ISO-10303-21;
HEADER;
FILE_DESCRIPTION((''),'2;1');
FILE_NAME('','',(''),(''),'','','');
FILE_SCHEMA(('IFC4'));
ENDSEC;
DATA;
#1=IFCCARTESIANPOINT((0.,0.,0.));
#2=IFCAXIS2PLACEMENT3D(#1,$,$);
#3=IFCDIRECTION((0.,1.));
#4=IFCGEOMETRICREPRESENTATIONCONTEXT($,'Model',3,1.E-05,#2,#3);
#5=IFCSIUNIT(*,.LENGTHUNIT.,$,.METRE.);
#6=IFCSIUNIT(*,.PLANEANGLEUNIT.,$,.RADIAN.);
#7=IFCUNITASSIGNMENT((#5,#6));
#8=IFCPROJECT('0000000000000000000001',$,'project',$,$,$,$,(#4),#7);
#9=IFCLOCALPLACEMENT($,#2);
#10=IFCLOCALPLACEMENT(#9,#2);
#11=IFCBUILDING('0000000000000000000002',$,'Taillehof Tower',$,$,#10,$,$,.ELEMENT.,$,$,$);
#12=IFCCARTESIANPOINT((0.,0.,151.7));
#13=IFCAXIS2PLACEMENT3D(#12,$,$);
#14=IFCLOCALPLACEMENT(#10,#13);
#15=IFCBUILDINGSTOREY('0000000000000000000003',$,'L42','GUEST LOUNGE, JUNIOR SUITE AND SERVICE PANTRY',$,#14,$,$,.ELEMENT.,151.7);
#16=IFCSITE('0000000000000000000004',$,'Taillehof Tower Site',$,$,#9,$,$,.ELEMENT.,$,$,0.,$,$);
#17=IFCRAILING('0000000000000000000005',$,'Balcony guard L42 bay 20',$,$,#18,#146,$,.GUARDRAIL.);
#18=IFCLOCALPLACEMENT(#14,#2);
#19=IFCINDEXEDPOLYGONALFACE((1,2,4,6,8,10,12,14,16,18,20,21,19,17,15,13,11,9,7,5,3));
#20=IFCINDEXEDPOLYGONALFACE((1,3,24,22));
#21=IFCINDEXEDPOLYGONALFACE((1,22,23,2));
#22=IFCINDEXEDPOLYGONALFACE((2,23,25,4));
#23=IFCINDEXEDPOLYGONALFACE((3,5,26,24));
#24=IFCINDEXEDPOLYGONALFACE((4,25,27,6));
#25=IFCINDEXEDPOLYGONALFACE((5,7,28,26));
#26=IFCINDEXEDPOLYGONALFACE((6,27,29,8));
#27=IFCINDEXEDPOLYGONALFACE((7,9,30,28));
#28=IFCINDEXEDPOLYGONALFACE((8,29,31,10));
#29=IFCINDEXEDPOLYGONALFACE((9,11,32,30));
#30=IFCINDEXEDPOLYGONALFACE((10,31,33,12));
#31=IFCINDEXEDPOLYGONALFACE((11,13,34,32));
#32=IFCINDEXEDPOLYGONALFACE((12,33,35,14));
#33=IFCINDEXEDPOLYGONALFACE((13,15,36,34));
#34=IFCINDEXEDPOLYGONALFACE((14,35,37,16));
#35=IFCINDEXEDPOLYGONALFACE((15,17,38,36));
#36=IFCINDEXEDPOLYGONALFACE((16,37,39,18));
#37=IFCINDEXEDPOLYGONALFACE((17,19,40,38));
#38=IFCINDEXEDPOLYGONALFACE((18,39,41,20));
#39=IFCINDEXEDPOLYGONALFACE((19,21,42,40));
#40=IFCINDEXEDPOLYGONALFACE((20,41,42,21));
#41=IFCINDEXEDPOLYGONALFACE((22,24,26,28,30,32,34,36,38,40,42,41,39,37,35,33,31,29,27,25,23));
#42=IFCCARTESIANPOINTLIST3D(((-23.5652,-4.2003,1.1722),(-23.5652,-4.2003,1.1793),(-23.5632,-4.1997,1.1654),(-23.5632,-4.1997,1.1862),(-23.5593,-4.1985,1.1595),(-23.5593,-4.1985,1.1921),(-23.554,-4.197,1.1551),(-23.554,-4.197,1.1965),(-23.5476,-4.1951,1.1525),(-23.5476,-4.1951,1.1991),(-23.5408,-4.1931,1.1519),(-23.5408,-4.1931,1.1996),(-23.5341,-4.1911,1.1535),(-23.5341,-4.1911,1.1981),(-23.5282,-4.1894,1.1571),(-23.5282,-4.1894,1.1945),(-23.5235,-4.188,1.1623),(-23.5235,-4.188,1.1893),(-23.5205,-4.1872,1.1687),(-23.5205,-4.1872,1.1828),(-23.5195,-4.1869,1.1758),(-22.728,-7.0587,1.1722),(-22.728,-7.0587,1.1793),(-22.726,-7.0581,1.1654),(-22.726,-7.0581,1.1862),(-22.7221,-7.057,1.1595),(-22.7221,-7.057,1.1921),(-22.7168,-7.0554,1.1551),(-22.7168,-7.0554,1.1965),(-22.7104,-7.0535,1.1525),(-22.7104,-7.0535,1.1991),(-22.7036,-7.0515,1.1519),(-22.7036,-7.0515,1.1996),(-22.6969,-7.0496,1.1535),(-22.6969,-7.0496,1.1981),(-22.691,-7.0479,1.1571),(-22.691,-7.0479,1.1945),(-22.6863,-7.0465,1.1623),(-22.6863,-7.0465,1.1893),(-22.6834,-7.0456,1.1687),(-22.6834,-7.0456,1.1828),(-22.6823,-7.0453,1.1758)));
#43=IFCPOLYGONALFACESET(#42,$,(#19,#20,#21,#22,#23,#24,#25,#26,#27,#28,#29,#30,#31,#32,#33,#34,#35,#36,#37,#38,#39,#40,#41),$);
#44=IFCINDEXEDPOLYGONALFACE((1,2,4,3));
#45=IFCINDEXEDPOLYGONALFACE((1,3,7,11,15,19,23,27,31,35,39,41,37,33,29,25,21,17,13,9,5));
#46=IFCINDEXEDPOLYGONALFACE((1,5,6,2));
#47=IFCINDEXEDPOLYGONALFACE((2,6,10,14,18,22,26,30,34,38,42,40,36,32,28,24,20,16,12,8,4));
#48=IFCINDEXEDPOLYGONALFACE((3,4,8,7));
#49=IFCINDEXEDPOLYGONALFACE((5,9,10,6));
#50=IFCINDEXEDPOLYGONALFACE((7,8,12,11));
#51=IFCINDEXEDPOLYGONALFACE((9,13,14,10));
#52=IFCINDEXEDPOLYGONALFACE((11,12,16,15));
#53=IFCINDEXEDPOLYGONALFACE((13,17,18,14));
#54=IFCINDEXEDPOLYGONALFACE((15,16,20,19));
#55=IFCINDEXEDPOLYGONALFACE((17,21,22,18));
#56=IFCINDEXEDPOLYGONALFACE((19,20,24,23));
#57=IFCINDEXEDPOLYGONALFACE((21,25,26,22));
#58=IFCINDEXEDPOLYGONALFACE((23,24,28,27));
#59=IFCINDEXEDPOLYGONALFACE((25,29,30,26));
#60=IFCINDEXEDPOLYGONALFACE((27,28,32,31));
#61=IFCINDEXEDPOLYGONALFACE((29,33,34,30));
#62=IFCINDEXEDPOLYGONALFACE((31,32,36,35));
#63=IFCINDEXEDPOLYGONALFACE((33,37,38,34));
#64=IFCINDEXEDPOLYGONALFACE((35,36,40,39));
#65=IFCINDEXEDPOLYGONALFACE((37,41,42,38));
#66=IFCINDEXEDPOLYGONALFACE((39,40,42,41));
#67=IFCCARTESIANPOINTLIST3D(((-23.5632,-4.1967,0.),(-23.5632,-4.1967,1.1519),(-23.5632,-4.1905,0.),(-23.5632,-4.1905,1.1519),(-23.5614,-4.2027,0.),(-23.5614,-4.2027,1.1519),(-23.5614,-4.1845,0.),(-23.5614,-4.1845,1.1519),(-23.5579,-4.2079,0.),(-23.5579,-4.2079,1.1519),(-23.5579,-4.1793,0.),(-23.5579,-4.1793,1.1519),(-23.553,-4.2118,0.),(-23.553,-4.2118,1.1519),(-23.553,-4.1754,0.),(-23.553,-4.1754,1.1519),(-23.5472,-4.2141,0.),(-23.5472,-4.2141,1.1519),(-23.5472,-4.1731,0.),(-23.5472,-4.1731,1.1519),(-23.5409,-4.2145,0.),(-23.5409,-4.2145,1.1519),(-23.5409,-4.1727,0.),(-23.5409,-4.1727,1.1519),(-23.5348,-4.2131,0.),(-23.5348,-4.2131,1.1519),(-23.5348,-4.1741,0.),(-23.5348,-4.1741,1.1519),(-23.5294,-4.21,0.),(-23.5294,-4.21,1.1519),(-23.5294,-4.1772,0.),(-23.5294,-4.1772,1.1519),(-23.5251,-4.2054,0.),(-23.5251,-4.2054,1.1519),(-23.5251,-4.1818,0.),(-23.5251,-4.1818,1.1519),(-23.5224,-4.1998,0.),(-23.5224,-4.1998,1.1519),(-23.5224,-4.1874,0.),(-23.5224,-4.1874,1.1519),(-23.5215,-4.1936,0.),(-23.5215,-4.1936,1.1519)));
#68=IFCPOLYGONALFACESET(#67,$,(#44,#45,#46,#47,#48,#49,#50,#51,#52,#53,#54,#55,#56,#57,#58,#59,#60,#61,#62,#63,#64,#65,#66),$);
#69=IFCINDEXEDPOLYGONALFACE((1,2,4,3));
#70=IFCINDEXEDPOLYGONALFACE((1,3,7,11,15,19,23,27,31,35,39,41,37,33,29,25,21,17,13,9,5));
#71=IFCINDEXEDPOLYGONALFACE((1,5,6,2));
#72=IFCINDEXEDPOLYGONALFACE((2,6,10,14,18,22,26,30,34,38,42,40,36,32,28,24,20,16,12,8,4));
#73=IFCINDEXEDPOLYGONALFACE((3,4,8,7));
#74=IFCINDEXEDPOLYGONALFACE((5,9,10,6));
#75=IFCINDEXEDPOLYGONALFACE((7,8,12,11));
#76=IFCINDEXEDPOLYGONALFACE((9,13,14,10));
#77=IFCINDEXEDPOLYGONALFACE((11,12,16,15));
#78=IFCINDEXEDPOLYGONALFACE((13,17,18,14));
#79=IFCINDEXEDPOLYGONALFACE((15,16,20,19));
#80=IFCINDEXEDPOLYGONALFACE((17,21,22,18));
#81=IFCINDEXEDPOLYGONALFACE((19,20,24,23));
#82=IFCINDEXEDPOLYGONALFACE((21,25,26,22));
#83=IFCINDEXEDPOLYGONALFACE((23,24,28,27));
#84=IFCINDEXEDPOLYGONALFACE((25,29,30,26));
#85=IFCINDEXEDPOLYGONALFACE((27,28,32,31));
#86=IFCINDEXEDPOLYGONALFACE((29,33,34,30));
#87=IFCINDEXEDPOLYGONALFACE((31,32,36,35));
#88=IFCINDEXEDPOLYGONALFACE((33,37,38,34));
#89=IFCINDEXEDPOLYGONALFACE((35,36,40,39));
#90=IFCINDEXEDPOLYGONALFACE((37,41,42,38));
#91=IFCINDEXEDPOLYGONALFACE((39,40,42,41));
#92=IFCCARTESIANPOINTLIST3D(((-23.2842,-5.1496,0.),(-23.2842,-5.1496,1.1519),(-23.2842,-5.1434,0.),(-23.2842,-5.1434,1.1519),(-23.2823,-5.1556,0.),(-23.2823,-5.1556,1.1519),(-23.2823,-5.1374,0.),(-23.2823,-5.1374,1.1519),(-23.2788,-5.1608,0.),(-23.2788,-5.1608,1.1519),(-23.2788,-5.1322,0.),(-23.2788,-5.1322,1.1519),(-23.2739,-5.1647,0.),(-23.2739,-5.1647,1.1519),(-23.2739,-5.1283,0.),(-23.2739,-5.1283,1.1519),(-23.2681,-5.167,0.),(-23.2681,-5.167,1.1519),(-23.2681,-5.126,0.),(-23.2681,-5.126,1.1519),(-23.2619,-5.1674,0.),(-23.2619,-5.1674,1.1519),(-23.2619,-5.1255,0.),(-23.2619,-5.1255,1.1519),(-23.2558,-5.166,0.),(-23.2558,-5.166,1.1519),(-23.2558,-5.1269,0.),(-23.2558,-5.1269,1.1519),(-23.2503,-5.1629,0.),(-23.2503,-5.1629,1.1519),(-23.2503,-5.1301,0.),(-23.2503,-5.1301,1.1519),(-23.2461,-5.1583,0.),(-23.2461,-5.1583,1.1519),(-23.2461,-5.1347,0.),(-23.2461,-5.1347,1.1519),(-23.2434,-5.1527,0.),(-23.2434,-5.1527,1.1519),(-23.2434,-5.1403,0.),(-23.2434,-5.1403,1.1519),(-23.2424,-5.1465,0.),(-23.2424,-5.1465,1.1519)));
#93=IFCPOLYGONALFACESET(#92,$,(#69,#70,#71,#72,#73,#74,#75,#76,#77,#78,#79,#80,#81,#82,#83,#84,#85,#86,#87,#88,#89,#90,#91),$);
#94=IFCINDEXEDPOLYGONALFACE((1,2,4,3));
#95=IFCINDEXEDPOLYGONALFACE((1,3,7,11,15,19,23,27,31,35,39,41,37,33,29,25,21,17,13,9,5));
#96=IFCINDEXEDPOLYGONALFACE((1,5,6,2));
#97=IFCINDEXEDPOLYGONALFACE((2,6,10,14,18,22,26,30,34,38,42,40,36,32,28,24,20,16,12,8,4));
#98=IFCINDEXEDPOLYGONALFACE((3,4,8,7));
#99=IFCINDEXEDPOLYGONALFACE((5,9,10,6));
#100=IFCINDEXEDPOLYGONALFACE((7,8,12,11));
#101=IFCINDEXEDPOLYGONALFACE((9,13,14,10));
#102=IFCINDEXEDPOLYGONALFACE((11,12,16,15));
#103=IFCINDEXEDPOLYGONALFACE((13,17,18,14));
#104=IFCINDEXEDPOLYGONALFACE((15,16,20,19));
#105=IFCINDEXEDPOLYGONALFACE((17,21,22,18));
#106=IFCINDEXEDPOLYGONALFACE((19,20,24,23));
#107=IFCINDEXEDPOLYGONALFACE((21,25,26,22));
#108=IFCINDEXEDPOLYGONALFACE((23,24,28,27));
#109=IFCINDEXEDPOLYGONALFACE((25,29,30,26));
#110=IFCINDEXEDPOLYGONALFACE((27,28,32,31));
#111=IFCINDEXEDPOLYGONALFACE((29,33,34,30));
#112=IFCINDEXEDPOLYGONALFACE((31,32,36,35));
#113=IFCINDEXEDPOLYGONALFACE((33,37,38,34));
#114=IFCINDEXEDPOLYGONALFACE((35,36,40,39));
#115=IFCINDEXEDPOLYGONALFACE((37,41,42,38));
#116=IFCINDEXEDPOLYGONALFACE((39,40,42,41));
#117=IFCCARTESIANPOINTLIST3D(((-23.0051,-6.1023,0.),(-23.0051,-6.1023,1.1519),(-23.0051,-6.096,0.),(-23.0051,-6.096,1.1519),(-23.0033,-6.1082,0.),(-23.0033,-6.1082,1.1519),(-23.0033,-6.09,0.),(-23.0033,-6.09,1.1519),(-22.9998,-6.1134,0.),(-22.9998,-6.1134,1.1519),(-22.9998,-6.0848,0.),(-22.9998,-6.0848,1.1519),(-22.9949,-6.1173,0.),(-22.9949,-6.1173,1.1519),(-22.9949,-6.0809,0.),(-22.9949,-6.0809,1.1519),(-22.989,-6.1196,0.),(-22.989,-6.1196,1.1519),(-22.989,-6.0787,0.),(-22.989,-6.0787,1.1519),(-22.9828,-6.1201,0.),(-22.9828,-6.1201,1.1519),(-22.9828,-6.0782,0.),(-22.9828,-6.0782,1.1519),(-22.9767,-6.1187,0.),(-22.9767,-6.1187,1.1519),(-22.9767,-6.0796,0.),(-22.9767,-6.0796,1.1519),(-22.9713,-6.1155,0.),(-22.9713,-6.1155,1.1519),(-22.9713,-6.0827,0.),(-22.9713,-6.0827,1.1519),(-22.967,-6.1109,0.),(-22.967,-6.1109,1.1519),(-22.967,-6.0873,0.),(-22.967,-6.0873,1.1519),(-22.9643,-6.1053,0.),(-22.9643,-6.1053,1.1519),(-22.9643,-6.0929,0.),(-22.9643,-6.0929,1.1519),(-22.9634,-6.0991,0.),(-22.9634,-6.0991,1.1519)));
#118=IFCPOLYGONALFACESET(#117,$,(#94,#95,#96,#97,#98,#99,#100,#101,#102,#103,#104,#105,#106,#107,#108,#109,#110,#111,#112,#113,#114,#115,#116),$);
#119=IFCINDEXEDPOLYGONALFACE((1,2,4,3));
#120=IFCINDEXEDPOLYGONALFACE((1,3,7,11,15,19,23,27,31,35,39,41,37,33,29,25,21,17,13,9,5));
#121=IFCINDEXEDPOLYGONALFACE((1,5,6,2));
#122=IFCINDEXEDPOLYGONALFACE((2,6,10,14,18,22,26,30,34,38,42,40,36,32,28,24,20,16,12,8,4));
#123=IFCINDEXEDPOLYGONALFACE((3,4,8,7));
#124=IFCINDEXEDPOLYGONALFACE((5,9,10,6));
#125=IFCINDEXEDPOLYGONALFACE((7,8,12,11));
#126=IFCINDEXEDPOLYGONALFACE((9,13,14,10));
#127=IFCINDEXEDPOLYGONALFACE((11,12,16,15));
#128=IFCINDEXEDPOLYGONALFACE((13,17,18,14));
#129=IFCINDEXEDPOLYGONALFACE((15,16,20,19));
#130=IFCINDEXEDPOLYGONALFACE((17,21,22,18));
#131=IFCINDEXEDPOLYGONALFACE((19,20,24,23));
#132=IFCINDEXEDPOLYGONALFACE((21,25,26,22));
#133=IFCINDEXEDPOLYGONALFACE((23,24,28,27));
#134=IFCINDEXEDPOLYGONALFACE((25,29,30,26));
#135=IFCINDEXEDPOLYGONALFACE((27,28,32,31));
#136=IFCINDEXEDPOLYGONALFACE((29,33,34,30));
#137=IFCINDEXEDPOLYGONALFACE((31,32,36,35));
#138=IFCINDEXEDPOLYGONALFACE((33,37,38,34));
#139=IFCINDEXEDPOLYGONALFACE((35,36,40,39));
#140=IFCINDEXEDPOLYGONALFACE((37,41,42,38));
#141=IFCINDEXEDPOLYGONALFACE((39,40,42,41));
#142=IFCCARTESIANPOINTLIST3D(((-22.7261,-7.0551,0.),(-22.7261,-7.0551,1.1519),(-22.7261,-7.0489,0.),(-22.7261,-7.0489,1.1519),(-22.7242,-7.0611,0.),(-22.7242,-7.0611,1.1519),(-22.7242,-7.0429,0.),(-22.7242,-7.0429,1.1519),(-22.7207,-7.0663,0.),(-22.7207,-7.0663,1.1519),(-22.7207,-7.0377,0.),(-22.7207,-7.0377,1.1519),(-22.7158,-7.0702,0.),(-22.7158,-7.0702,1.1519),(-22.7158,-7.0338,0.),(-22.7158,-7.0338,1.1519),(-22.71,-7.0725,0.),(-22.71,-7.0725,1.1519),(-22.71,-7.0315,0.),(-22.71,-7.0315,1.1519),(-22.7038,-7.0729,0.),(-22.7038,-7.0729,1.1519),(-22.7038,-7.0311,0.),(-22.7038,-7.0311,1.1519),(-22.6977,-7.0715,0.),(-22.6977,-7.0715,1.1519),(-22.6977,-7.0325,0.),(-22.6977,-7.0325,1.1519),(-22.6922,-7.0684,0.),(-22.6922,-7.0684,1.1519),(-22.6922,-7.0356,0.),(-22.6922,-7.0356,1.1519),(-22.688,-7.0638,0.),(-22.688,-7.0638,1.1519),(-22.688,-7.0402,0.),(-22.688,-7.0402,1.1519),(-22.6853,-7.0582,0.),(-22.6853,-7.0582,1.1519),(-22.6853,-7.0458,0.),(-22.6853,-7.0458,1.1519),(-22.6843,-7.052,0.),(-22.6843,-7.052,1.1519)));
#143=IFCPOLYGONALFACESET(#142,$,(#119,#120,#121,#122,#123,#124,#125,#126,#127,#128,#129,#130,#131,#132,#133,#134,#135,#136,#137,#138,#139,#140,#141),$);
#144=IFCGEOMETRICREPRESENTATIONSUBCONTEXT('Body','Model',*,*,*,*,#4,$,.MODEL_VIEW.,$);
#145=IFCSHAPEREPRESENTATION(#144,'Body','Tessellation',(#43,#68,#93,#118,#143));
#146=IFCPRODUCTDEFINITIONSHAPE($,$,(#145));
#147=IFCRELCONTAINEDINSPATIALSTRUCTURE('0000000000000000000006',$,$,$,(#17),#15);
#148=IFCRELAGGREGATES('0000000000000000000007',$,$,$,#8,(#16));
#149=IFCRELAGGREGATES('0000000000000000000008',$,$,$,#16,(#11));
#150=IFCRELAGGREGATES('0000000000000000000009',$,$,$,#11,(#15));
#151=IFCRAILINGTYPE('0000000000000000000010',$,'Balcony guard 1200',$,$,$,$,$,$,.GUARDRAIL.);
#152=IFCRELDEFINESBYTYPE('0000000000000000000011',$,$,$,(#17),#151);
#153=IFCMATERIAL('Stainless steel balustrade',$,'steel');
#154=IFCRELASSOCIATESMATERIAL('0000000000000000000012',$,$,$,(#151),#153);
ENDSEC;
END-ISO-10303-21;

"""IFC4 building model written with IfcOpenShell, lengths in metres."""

from ifc_helpers import new_model, si_unit, direction, frame, origin, origin_2d, place, context, subcontext, project, spatial, circle, extrude, material, type_object, element, save


model = new_model("IFC4")

# Units and contexts
model_context = context("Model", 3, precision=1e-05, world=origin(), true_north=direction((0.0, 1.0)))
body_context = subcontext(model_context, "Body", "Model", "MODEL_VIEW")
ifc_project = project(units=[si_unit("LENGTHUNIT", "METRE"), si_unit("PLANEANGLEUNIT", "RADIAN")], contexts=[model_context])

# Site, building, storey
site_placement = place(None, origin())
site = spatial("IfcSite", under=ifc_project, at=site_placement, Name="Taillehof Tower Site", CompositionType="ELEMENT", RefElevation=0.0)
building_placement = place(site_placement, origin())
building = spatial("IfcBuilding", under=site, at=building_placement, Name="Taillehof Tower", CompositionType="ELEMENT")
storey_placement = place(building_placement, frame((0.0, 0.0, 151.7)))
storey = spatial("IfcBuildingStorey", under=building, at=storey_placement, Name="L42", Description="GUEST LOUNGE, JUNIOR SUITE AND SERVICE PANTRY", CompositionType="ELEMENT", Elevation=151.7)

# Railing
ifc_material_1 = material(Name="Stainless steel balustrade", Category="steel")
railing_type = type_object("IfcRailingType", Name="Balcony guard 1200", PredefinedType="GUARDRAIL", material=ifc_material_1)
railing_1_placement = place(storey_placement, frame((-23.5425, -4.1936, 0.0)))
element("IfcRailing", 1, at=railing_1_placement, inside=storey, type_object=railing_type, Name="Balcony guard L42 bay 20", PredefinedType="GUARDRAIL", context=body_context, shape_type="SweptSolid", body=[
    extrude(circle(Radius=0.0239, at=origin_2d()), frame((0.0, 0.0, 1.1758), z_axis=(0.28107, -0.959687, 0.0), x_axis=(0.959687, 0.28107, 0.0)), (0.0, 0.0, 1.0), 2.9785),
    extrude(circle(Radius=0.021, at=origin_2d()), origin(), (0.0, 0.0, 1.0), 1.1519),
    extrude(circle(Radius=0.021, at=origin_2d()), frame((0.2791, -0.9529, 0.0)), (0.0, 0.0, 1.0), 1.1519),
    extrude(circle(Radius=0.021, at=origin_2d()), frame((0.5581, -1.9055, 0.0)), (0.0, 0.0, 1.0), 1.1519),
    extrude(circle(Radius=0.021, at=origin_2d()), frame((0.8372, -2.8584, 0.0)), (0.0, 0.0, 1.0), 1.1519),
])

save(model, "model.ifc")
